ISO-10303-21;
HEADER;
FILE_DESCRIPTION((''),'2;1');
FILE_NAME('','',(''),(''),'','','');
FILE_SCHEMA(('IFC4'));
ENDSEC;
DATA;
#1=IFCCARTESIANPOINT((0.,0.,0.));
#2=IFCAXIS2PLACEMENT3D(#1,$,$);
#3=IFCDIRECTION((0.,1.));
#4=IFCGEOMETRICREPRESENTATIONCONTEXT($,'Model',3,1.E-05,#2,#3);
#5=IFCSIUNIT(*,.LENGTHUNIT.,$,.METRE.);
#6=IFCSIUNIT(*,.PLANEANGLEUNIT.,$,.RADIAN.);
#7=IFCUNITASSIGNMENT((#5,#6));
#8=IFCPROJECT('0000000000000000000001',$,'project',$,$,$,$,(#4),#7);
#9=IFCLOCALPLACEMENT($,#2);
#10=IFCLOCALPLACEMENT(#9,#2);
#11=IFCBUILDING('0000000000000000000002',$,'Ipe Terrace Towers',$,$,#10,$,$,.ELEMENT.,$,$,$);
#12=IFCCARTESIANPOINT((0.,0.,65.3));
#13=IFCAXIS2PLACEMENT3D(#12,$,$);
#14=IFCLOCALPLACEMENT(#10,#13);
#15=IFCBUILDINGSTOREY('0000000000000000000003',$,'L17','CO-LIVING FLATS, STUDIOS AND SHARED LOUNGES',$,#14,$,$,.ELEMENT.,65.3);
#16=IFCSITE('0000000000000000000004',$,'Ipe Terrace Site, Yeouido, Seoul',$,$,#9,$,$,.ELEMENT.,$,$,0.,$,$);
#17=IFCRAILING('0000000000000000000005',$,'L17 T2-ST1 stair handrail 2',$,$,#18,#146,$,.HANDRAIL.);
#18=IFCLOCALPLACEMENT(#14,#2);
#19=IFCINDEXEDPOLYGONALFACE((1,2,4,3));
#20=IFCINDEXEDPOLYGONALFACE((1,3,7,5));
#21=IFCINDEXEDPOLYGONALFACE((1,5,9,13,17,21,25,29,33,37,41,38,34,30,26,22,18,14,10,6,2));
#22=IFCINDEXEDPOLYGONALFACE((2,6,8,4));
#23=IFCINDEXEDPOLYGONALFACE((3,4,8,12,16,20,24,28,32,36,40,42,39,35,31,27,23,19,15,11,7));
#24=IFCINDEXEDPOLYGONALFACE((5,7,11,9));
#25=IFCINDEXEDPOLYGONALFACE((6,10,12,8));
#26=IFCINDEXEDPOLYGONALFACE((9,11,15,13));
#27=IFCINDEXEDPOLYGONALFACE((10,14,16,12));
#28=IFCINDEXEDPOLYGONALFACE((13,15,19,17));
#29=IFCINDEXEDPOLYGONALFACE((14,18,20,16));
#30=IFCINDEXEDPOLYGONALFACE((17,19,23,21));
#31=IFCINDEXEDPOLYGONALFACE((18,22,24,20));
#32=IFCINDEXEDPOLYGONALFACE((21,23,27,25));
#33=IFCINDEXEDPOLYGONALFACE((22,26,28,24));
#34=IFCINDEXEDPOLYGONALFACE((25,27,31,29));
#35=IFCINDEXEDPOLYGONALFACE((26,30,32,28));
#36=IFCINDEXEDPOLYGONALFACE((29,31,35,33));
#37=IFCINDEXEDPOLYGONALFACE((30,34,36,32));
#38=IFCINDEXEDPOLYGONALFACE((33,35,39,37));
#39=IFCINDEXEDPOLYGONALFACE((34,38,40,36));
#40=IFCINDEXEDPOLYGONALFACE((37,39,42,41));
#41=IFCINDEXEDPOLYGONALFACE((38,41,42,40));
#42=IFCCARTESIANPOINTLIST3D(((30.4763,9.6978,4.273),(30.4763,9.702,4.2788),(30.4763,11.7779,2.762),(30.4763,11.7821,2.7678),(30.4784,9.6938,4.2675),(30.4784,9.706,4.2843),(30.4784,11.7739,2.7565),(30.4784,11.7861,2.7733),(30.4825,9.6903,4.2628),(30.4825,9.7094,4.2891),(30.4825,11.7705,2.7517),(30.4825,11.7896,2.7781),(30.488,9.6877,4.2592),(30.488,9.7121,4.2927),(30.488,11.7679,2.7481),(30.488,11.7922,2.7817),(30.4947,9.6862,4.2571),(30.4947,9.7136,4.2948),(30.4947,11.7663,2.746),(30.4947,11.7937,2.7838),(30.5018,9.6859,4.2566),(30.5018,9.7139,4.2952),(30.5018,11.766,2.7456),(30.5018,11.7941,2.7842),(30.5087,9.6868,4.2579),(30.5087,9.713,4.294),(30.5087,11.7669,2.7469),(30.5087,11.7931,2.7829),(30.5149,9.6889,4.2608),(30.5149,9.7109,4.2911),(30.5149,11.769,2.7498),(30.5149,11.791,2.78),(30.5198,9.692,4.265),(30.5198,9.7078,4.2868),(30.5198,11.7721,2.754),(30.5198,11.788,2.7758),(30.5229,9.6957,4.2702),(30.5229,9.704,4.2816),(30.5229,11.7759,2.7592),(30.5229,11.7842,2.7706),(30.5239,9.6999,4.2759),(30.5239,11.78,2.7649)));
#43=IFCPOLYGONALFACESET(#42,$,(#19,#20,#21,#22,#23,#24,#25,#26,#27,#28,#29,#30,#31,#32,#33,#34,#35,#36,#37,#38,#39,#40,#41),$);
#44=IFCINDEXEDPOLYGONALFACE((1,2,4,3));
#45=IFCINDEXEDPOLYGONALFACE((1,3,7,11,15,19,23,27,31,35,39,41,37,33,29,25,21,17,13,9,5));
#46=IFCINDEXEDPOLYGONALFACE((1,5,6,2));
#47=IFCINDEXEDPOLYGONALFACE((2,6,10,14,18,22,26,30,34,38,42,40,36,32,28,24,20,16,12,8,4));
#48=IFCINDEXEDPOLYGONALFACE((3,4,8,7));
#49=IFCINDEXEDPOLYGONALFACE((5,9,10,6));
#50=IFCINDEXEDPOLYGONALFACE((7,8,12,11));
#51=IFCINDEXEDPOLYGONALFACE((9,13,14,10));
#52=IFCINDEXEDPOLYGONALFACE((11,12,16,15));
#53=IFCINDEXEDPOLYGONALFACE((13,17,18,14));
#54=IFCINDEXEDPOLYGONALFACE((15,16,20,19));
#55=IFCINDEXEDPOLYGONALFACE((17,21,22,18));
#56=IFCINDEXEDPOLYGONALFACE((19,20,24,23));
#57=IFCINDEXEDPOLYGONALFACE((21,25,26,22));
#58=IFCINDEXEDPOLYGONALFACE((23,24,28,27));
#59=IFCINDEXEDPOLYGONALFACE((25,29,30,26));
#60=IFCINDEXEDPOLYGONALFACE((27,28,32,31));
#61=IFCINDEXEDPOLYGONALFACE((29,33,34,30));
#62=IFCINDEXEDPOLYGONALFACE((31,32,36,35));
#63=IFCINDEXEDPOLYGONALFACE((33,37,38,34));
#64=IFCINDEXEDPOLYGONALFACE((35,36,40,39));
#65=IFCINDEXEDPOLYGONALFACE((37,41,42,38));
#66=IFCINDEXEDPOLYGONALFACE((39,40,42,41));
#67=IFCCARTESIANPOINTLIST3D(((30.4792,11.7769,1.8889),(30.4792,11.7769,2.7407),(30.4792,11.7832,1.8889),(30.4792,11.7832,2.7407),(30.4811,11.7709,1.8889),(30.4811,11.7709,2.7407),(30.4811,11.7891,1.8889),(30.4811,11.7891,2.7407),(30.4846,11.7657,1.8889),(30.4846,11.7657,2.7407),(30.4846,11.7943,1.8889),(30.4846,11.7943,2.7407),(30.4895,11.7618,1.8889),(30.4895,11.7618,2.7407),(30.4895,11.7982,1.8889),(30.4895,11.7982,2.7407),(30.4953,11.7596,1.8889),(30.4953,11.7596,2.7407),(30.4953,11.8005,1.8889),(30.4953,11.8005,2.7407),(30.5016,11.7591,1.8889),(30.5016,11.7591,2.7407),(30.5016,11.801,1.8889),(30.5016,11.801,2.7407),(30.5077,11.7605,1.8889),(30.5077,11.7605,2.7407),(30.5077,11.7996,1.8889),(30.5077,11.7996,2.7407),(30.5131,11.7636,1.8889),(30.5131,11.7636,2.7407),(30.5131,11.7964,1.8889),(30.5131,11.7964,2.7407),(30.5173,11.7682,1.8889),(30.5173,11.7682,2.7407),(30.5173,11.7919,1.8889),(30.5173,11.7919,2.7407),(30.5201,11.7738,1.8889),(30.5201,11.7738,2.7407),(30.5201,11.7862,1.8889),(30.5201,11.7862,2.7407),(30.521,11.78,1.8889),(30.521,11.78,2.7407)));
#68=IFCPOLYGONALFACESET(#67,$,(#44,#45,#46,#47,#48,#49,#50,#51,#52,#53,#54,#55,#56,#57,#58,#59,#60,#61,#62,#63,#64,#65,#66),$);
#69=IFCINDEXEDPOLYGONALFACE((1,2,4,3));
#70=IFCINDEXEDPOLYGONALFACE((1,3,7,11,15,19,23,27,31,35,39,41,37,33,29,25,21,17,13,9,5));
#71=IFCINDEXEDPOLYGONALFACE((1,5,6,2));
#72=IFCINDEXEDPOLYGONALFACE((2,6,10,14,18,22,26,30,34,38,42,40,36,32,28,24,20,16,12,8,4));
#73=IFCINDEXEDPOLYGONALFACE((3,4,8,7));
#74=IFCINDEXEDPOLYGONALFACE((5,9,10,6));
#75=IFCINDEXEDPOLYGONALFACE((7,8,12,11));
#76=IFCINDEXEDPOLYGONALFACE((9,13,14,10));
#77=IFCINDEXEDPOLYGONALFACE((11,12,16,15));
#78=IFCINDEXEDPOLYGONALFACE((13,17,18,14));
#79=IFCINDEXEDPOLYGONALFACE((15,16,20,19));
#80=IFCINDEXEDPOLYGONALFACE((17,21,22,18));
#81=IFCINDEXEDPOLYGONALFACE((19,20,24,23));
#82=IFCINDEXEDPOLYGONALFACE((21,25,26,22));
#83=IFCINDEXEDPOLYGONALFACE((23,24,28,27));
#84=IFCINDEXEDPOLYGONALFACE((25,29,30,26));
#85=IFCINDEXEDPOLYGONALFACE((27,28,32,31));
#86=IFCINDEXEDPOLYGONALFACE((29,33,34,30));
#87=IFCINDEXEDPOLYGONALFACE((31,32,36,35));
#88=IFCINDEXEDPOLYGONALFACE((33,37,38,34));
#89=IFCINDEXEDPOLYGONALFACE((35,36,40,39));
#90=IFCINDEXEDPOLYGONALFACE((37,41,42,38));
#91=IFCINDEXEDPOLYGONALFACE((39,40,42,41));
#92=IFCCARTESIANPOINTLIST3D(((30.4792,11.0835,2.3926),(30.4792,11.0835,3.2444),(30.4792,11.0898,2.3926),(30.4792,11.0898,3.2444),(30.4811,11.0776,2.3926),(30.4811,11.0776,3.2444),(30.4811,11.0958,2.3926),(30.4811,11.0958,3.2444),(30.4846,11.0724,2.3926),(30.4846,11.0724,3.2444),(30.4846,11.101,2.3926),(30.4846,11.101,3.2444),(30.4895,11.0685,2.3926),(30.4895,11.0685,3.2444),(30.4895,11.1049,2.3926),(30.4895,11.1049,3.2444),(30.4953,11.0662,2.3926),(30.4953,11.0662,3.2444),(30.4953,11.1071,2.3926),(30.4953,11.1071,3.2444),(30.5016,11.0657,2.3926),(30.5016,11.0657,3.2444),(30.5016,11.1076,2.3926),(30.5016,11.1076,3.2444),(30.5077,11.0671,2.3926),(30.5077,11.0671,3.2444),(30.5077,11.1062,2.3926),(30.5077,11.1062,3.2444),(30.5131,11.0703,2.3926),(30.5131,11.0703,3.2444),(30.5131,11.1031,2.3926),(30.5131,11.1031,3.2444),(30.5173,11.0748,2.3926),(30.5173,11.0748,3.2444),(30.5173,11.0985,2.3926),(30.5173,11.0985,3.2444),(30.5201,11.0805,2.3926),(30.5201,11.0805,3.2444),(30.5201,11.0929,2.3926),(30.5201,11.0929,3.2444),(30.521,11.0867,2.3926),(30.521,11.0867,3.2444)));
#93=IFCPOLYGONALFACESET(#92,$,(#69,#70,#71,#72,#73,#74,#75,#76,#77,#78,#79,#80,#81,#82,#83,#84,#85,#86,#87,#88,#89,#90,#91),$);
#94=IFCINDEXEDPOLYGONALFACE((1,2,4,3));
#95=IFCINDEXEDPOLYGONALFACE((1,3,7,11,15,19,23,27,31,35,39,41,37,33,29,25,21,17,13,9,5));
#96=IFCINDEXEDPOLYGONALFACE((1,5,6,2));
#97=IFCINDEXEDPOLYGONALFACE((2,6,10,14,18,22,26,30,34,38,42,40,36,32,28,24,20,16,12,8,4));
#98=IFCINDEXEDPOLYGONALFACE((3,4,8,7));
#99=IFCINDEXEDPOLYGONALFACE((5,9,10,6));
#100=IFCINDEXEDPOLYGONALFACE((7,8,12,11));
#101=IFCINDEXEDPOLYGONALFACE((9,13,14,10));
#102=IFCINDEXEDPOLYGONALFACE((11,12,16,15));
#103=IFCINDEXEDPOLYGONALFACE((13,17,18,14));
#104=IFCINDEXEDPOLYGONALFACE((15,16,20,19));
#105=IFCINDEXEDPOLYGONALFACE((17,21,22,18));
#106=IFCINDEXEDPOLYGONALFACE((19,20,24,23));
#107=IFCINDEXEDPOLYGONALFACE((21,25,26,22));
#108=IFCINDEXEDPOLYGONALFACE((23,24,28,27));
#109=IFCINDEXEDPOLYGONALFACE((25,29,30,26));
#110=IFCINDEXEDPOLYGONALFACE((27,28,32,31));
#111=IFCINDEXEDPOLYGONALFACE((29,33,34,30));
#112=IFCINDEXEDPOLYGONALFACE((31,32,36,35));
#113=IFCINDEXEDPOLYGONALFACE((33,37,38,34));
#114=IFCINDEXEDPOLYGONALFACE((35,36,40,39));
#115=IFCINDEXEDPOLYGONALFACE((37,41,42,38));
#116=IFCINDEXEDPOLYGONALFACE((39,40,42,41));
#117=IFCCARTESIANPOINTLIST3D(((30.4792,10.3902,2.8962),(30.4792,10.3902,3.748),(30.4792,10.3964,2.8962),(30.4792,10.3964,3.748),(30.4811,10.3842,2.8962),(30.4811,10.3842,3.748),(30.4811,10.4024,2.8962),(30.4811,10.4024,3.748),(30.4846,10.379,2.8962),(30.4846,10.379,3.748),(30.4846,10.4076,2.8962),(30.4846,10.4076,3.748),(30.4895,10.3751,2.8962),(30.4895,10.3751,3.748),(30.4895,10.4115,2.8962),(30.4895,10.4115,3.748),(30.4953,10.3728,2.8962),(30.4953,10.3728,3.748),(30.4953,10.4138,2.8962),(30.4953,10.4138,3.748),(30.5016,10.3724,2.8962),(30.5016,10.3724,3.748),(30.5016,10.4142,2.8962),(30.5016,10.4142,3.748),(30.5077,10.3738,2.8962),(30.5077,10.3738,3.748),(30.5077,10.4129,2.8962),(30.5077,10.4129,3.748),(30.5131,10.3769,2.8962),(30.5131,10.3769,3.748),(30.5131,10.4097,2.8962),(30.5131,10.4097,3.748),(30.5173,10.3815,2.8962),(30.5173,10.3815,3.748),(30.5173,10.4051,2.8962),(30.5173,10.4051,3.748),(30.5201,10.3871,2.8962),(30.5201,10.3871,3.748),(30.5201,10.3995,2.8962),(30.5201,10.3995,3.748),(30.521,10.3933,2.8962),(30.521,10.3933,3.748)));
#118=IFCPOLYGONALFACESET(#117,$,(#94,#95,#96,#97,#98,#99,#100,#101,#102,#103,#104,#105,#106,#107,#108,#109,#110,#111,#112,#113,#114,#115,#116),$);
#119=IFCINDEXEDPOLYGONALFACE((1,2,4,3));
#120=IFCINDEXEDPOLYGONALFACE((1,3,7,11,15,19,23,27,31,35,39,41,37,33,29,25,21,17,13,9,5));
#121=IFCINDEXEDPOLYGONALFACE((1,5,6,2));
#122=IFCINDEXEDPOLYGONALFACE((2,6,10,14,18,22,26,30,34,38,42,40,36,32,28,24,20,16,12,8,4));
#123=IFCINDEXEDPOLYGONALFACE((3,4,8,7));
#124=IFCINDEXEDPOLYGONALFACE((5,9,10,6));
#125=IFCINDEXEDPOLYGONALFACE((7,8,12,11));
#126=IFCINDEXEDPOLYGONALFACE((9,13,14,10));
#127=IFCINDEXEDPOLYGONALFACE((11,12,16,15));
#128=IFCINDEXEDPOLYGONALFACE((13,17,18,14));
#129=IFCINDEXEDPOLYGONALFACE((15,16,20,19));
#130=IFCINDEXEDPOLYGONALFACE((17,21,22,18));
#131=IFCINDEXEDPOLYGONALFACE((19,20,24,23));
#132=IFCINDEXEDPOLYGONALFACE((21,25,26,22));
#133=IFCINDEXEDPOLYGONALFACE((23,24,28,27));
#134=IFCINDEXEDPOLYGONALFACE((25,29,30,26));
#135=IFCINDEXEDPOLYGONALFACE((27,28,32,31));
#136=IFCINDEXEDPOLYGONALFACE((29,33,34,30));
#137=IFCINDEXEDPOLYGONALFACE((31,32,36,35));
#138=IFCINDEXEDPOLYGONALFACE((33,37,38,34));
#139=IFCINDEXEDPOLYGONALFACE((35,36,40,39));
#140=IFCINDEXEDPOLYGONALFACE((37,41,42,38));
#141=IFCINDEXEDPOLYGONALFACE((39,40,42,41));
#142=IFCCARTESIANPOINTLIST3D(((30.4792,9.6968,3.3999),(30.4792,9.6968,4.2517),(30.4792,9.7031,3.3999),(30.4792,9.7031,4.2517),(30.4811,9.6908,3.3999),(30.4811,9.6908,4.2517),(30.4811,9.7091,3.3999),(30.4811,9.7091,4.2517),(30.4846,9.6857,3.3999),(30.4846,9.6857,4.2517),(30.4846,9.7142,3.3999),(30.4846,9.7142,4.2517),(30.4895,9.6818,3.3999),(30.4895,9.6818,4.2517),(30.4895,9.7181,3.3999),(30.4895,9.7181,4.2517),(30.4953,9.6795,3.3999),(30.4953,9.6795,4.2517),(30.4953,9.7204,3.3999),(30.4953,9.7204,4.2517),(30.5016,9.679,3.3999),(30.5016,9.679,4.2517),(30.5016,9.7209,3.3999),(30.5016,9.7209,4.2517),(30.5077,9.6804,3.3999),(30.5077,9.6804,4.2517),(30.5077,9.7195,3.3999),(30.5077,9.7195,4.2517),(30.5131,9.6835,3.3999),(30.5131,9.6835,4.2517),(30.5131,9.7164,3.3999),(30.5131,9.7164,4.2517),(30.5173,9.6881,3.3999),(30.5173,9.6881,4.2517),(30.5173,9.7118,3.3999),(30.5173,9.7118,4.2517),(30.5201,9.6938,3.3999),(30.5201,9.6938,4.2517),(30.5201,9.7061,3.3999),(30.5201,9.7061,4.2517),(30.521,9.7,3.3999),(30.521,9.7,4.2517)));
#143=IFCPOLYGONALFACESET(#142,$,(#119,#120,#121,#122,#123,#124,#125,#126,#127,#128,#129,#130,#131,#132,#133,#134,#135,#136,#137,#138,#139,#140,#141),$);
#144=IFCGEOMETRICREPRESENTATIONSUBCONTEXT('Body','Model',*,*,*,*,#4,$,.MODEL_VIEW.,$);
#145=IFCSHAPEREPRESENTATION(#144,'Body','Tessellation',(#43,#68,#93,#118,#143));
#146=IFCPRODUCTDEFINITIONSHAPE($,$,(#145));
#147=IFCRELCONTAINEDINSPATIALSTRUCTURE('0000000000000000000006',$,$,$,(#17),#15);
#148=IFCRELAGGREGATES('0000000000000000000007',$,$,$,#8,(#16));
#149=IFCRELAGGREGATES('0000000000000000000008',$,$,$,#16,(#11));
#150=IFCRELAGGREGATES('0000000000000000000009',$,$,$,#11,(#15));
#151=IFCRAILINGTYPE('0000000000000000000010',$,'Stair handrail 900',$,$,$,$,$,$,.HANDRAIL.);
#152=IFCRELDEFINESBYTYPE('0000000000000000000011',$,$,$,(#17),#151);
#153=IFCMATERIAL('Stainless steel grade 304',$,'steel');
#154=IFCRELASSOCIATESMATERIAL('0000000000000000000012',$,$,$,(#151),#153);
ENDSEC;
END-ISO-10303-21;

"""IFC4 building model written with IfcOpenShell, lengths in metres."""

from ifc_helpers import new_model, si_unit, direction, frame, origin, origin_2d, place, context, subcontext, project, spatial, circle, extrude, material, type_object, element, save


model = new_model("IFC4")

# Units and contexts
model_context = context("Model", 3, precision=1e-05, world=origin(), true_north=direction((0.0, 1.0)))
body_context = subcontext(model_context, "Body", "Model", "MODEL_VIEW")
ifc_project = project(units=[si_unit("LENGTHUNIT", "METRE"), si_unit("PLANEANGLEUNIT", "RADIAN")], contexts=[model_context])

# Site, building, storey
site_placement = place(None, origin())
site = spatial("IfcSite", under=ifc_project, at=site_placement, Name="Ipe Terrace Site, Yeouido, Seoul", CompositionType="ELEMENT", RefElevation=0.0)
building_placement = place(site_placement, origin())
building = spatial("IfcBuilding", under=site, at=building_placement, Name="Ipe Terrace Towers", CompositionType="ELEMENT")
storey_placement = place(building_placement, frame((0.0, 0.0, 65.3)))
storey = spatial("IfcBuildingStorey", under=building, at=storey_placement, Name="L17", Description="CO-LIVING FLATS, STUDIOS AND SHARED LOUNGES", CompositionType="ELEMENT", Elevation=65.3)

# Railing
ifc_material_1 = material(Name="Stainless steel grade 304", Category="steel")
railing_type_1 = type_object("IfcRailingType", Name="Stair handrail 900", PredefinedType="HANDRAIL", material=ifc_material_1)
railing_1_placement = place(storey_placement, frame((30.5, 11.78, 1.8889)))
element("IfcRailing", 1, at=railing_1_placement, inside=storey, type_object=railing_type_1, Name="L17 T2-ST1 stair handrail 2", PredefinedType="HANDRAIL", context=body_context, shape_type="SweptSolid", body=[
    extrude(circle(Radius=0.0239, at=origin_2d()), frame((0.0, 0.0, 0.876), z_axis=(0.0, -0.809069, 0.587714), x_axis=(1.0, 0.0, 0.0)), (0.0, 0.0, 1.0), 2.571),
    extrude(circle(Radius=0.021, at=origin_2d()), origin(), (0.0, 0.0, 1.0), 0.8518),
    extrude(circle(Radius=0.021, at=origin_2d()), frame((0.0, -0.6934, 0.5037)), (0.0, 0.0, 1.0), 0.8518),
    extrude(circle(Radius=0.021, at=origin_2d()), frame((0.0, -1.3867, 1.0073)), (0.0, 0.0, 1.0), 0.8518),
    extrude(circle(Radius=0.021, at=origin_2d()), frame((0.0, -2.0801, 1.511)), (0.0, 0.0, 1.0), 0.8518),
])

save(model, "model.ifc")
